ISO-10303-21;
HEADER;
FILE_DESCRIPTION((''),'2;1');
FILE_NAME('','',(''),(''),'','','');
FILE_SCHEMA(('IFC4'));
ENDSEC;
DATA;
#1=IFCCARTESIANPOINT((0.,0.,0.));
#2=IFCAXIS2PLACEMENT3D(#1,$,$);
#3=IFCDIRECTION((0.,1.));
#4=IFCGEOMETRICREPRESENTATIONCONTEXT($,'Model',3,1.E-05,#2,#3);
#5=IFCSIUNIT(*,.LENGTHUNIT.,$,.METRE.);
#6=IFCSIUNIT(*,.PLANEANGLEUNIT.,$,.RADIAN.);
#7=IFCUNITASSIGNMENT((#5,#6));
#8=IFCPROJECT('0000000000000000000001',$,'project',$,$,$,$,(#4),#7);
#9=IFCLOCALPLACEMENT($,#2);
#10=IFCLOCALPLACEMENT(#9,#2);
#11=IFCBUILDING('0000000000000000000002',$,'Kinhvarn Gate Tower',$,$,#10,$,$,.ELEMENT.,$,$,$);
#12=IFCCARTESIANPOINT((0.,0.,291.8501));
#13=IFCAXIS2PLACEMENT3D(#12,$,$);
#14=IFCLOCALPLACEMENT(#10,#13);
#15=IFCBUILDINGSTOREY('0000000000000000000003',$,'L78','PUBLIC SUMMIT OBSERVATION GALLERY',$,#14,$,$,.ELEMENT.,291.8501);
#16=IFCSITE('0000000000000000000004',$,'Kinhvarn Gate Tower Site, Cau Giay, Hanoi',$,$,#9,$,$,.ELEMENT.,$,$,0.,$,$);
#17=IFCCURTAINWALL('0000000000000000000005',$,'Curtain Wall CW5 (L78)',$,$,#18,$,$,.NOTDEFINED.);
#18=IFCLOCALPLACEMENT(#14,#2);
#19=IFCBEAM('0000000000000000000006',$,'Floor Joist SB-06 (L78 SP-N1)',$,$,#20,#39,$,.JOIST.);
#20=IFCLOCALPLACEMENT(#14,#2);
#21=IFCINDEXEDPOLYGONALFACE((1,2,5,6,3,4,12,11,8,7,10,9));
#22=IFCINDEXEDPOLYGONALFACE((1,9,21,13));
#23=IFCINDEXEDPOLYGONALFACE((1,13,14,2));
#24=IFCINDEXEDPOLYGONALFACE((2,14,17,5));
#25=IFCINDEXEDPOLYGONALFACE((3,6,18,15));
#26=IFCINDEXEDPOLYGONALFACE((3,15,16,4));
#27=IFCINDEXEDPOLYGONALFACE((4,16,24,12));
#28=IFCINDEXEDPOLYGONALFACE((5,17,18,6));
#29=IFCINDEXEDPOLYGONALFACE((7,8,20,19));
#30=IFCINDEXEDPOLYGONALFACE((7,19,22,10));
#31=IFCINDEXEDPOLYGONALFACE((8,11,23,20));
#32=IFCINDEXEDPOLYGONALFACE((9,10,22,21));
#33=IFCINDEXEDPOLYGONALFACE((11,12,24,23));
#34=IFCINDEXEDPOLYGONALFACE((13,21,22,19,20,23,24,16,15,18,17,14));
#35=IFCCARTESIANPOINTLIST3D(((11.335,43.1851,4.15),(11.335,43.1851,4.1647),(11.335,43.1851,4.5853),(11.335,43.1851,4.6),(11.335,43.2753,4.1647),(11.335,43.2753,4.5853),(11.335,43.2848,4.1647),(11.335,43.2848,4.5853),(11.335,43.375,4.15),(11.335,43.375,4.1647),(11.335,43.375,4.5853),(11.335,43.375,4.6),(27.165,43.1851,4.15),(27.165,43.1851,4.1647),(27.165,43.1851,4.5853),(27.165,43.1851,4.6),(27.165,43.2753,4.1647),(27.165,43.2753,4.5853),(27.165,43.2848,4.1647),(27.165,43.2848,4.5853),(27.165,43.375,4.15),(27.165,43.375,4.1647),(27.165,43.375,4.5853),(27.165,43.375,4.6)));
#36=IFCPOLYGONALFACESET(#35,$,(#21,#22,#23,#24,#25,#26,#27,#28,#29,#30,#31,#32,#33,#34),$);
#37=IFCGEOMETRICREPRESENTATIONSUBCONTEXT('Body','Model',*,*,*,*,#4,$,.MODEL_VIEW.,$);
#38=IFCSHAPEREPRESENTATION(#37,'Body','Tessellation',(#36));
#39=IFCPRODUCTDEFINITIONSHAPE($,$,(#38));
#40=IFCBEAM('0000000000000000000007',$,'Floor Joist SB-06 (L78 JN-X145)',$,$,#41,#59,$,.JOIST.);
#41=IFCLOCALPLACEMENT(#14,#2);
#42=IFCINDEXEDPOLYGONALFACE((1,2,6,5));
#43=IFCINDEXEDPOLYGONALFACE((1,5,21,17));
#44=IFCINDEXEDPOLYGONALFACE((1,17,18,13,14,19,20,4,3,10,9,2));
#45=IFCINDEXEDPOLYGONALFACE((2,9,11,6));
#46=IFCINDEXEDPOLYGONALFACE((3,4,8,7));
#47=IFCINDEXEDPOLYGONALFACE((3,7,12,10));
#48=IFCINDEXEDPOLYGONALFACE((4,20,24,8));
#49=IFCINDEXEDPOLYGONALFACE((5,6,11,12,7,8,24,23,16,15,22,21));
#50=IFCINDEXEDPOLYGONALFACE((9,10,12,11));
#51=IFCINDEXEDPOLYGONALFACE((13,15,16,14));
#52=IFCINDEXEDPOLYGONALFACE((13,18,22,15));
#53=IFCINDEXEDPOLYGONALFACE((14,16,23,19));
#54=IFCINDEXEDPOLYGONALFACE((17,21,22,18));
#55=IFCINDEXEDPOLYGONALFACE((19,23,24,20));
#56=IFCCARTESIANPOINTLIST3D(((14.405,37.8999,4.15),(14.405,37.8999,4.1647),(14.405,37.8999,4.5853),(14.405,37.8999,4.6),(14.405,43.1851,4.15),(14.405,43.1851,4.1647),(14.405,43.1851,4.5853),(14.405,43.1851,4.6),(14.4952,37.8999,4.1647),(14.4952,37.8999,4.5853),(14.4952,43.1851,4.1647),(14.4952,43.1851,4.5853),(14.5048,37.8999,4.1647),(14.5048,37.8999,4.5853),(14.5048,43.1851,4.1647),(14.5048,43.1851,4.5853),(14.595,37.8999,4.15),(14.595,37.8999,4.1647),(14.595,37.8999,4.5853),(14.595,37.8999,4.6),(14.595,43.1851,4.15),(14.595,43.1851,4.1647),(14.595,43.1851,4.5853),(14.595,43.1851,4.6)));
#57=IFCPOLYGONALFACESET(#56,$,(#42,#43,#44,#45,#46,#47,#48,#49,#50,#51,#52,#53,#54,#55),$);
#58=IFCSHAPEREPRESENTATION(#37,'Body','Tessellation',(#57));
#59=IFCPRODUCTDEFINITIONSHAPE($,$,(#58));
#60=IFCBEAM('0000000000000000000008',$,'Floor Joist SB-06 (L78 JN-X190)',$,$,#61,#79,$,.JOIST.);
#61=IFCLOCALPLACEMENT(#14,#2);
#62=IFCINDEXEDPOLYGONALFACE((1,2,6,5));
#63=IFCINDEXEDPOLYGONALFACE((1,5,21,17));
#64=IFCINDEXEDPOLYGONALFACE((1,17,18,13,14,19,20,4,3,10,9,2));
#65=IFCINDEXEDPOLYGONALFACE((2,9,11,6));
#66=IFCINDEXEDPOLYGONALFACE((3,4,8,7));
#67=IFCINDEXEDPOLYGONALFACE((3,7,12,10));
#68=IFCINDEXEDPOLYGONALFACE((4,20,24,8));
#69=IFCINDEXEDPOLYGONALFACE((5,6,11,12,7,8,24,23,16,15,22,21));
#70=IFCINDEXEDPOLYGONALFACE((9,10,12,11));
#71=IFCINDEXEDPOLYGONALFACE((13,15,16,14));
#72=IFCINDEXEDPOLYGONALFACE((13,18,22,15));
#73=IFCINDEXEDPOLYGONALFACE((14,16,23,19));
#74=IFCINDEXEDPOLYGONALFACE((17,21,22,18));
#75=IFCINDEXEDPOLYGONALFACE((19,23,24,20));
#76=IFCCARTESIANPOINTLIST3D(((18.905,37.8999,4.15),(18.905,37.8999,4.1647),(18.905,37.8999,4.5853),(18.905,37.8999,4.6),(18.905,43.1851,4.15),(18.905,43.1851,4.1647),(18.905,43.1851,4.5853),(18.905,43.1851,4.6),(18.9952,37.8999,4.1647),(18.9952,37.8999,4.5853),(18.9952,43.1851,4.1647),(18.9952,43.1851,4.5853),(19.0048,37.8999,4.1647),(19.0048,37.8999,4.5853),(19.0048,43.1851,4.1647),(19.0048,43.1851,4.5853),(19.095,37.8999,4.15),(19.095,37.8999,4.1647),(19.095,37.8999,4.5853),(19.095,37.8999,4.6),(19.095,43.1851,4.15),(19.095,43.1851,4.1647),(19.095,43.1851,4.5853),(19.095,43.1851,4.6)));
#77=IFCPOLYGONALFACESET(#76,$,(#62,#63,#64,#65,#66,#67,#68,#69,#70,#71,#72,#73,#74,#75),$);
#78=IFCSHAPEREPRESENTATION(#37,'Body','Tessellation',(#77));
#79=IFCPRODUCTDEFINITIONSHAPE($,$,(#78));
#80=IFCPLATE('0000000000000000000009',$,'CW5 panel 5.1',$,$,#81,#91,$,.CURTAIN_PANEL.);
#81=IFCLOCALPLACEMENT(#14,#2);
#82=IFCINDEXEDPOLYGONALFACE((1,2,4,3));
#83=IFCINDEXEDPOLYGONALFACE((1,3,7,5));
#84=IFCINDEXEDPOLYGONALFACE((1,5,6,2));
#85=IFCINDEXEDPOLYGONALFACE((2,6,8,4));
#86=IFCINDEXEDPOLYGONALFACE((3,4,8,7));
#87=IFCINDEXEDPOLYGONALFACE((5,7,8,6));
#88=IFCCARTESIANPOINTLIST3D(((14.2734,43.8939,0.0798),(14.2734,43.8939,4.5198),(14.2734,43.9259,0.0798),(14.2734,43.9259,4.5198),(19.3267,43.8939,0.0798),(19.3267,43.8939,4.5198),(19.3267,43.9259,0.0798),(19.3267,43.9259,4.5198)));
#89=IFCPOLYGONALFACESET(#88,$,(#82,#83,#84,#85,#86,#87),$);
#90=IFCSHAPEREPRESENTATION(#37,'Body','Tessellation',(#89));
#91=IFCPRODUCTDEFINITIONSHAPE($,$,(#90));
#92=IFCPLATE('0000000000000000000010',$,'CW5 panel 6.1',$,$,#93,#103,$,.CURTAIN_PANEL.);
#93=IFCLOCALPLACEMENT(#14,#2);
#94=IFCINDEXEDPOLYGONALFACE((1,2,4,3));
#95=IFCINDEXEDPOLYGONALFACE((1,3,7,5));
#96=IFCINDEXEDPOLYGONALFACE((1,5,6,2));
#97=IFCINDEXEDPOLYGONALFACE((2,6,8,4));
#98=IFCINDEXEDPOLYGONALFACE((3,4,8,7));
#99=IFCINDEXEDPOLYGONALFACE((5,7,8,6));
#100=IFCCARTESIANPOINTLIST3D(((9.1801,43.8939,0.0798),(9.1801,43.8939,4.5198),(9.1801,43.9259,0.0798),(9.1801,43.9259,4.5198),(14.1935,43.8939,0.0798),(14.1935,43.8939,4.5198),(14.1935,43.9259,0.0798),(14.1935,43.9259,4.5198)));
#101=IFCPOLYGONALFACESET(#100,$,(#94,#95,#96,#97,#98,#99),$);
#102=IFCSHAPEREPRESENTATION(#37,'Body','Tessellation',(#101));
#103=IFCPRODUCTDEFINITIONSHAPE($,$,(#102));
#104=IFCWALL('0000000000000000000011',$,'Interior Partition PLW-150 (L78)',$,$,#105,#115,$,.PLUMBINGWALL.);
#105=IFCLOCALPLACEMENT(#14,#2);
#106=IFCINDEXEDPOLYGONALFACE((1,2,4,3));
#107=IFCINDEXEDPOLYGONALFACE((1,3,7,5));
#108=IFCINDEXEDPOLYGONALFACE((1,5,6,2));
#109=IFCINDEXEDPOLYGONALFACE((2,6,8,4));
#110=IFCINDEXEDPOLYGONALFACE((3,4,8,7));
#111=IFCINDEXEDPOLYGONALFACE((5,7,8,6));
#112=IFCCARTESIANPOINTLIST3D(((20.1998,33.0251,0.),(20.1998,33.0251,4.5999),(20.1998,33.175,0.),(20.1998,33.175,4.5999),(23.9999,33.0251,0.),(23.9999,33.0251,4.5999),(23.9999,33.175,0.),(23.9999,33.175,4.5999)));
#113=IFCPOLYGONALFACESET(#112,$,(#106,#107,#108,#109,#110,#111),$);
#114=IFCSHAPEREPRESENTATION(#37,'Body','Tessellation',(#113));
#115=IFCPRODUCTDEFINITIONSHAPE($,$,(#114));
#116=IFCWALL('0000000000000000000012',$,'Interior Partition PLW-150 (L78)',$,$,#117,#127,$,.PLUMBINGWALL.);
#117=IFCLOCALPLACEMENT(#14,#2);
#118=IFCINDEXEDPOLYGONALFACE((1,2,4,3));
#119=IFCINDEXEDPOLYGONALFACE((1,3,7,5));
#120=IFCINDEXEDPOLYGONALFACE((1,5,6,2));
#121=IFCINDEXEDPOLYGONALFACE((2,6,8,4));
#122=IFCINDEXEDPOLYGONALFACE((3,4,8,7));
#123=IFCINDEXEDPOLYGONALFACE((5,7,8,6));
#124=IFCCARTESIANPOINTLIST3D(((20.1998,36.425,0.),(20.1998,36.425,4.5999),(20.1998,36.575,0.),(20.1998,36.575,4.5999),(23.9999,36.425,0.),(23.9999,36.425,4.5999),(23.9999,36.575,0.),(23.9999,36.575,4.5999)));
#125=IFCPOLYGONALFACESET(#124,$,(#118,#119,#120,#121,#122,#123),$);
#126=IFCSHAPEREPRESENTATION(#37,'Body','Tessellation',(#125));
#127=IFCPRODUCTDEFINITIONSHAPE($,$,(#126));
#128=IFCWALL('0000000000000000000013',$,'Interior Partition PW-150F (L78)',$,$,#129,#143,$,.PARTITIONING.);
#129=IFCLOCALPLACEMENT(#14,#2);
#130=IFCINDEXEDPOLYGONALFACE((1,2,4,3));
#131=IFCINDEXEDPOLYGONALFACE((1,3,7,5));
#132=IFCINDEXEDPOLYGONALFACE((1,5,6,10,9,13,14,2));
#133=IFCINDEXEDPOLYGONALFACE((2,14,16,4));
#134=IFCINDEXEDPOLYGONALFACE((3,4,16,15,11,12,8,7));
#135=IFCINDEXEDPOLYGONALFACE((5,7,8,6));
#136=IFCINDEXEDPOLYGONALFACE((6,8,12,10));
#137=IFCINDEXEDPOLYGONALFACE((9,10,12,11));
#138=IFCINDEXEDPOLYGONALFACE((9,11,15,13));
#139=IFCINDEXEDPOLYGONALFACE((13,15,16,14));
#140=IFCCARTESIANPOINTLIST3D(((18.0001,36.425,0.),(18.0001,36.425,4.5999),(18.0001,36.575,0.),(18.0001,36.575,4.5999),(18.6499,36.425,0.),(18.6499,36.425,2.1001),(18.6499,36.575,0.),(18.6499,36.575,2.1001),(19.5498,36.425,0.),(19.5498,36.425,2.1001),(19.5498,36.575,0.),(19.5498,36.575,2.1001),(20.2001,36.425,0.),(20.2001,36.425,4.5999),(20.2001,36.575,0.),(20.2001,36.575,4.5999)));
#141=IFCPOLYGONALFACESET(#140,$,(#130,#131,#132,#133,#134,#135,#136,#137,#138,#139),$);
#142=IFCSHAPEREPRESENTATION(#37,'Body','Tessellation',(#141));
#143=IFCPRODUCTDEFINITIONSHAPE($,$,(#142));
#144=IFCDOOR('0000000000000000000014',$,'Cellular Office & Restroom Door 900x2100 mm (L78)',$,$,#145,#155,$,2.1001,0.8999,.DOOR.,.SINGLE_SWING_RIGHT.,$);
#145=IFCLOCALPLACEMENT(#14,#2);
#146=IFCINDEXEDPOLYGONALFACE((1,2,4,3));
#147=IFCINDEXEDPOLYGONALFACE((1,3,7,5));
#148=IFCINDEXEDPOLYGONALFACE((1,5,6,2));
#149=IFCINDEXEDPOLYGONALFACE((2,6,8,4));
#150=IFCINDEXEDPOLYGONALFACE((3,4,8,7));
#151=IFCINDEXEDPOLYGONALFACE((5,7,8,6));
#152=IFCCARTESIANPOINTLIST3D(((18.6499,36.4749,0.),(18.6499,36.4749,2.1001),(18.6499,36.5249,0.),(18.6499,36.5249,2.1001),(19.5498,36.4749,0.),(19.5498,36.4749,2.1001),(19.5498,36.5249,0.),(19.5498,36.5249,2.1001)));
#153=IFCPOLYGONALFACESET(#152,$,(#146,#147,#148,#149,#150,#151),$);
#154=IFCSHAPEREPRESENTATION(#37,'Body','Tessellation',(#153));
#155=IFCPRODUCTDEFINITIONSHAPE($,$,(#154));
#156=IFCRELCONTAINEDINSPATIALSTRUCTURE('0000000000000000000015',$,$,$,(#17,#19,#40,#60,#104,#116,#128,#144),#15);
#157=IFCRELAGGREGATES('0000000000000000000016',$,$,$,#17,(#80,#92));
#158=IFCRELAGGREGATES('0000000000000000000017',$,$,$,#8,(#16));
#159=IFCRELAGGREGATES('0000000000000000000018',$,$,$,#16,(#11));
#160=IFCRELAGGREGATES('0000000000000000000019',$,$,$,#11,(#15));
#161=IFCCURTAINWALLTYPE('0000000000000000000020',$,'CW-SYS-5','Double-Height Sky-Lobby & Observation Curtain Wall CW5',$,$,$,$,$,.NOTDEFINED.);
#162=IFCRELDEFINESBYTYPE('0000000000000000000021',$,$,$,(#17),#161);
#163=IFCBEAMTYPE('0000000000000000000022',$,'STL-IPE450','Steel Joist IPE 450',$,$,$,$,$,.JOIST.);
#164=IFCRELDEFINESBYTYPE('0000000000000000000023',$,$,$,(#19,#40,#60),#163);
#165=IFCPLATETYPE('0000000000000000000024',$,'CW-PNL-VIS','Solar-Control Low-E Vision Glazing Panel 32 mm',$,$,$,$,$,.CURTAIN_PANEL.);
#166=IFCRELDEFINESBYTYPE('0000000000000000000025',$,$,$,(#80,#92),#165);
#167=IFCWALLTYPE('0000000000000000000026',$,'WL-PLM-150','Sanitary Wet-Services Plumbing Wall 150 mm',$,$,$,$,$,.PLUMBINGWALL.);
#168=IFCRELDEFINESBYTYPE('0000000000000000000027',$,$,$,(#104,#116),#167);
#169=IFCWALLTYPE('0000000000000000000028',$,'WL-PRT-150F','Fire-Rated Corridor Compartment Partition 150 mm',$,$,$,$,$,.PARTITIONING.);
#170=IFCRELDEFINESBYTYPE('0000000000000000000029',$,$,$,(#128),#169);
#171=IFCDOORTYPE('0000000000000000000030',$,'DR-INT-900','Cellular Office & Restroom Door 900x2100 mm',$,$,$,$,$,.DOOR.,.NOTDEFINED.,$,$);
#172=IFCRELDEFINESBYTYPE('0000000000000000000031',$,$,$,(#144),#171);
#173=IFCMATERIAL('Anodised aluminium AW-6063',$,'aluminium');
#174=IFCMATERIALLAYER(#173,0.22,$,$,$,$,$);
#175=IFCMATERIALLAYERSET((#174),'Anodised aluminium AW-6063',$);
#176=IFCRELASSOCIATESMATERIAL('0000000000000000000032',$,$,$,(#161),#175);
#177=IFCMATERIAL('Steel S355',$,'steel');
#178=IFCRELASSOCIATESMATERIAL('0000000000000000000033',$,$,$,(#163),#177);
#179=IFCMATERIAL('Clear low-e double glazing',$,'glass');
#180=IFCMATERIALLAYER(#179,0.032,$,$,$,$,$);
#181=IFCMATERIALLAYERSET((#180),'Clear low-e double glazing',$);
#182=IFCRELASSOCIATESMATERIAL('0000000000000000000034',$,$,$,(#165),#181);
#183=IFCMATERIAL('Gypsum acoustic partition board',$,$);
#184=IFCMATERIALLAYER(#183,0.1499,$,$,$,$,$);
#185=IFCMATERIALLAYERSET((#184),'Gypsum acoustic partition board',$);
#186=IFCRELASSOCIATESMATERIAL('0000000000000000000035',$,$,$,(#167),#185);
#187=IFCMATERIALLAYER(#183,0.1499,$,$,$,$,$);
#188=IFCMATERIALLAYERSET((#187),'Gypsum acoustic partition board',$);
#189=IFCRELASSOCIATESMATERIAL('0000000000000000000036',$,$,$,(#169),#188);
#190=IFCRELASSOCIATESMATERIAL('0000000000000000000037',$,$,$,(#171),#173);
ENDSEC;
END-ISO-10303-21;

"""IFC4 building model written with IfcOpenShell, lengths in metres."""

from ifc_helpers import new_model, si_unit, direction, frame, frame_2d, origin, origin_2d, place, context, subcontext, project, spatial, rectangle, i_section, extrude, material, layer, layer_set, material_profile, profile_set, type_object, element, fill, aggregate, save


model = new_model("IFC4")

# Units and contexts
model_context = context("Model", 3, precision=1e-05, world=origin(), true_north=direction((0.0, 1.0)))
body_context = subcontext(model_context, "Body", "Model", "MODEL_VIEW")
ifc_project = project(units=[si_unit("LENGTHUNIT", "METRE"), si_unit("PLANEANGLEUNIT", "RADIAN")], contexts=[model_context])

# Site, building, storey
site_placement = place(None, origin())
site = spatial("IfcSite", under=ifc_project, at=site_placement, Name="Kinhvarn Gate Tower Site, Cau Giay, Hanoi", CompositionType="ELEMENT", RefElevation=0.0)
building_placement = place(site_placement, origin())
building = spatial("IfcBuilding", under=site, at=building_placement, Name="Kinhvarn Gate Tower", CompositionType="ELEMENT")
storey_placement = place(building_placement, frame((0.0, 0.0, 291.8501)))
storey = spatial("IfcBuildingStorey", under=building, at=storey_placement, Name="L78", Description="PUBLIC SUMMIT OBSERVATION GALLERY", CompositionType="ELEMENT", Elevation=291.8501)

# Curtain wall
ifc_material_1 = material(Name="Anodised aluminium AW-6063", Category="aluminium")
ifc_layer_1 = layer(ifc_material_1, 0.22)
ifc_layer_set_1 = layer_set([ifc_layer_1], Name="Anodised aluminium AW-6063")
curtain_wall_type = type_object("IfcCurtainWallType", Name="CW-SYS-5", Description="Double-Height Sky-Lobby & Observation Curtain Wall CW5", PredefinedType="NOTDEFINED", material=ifc_layer_set_1)
curtain_wall_placement = place(storey_placement, origin())
curtain_wall = element("IfcCurtainWall", 1, at=curtain_wall_placement, inside=storey, type_object=curtain_wall_type, Name="Curtain Wall CW5 (L78)", PredefinedType="NOTDEFINED")

# Beams
ifc_material_2 = material(Name="Steel S355", Category="steel")
ifc_material_profile_1 = material_profile(ifc_material_2, i_section(OverallWidth=0.1899, OverallDepth=0.45, WebThickness=0.0095, FlangeThickness=0.0146, at=origin_2d()), Name="IPE 450")
ifc_profile_set_1 = profile_set([ifc_material_profile_1], Name="Steel S355")
beam_type_1 = type_object("IfcBeamType", Name="STL-IPE450", Description="Steel Joist IPE 450", PredefinedType="JOIST", material=ifc_profile_set_1)
beam_1_placement = place(storey_placement, frame((11.335, 43.28, 4.375), z_axis=(1.0, 0.0, 0.0), x_axis=(0.0, 1.0, 0.0)))
element("IfcBeam", 2, at=beam_1_placement, inside=storey, type_object=beam_type_1, Name="Floor Joist SB-06 (L78 SP-N1)", PredefinedType="JOIST", context=body_context, shape_type="SweptSolid", body=[
    extrude(i_section(OverallWidth=0.1899, OverallDepth=0.45, WebThickness=0.0095, FlangeThickness=0.0146, at=origin_2d()), origin(), (0.0, 0.0, 1.0), 15.8301),
])
for number, where, z_axis, x_axis, name in (
    (3, (14.5, 37.8999, 4.375), (0.0, 1.0, 0.0), (-1.0, 0.0, 0.0), "Floor Joist SB-06 (L78 JN-X145)"),
    (4, (19.0, 37.8999, 4.375), (0.0, 1.0, 0.0), (-1.0, 0.0, 0.0), "Floor Joist SB-06 (L78 JN-X190)"),
):
    element("IfcBeam", number, at=place(storey_placement, frame(where, z_axis=z_axis, x_axis=x_axis)), inside=storey, type_object=beam_type_1, Name=name, PredefinedType="JOIST", context=body_context, shape_type="SweptSolid", body=[
        extrude(i_section(OverallWidth=0.1899, OverallDepth=0.45, WebThickness=0.0095, FlangeThickness=0.0146, at=origin_2d()), origin(), (0.0, 0.0, 1.0), 5.2852),
    ])

# Plates
ifc_material_3 = material(Name="Clear low-e double glazing", Category="glass")
ifc_layer_2 = layer(ifc_material_3, 0.032)
ifc_layer_set_2 = layer_set([ifc_layer_2], Name="Clear low-e double glazing")
plate_type = type_object("IfcPlateType", Name="CW-PNL-VIS", Description="Solar-Control Low-E Vision Glazing Panel 32 mm", PredefinedType="CURTAIN_PANEL", material=ifc_layer_set_2)
plate_1_placement = place(storey_placement, frame((16.8, 43.9099, 0.0798), z_axis=(0.0, 0.0, 1.0), x_axis=(-1.0, 0.0, 0.0)))
plate_1 = element("IfcPlate", 5, at=plate_1_placement, type_object=plate_type, Name="CW5 panel 5.1", PredefinedType="CURTAIN_PANEL", context=body_context, shape_type="SweptSolid", body=[
    extrude(rectangle(XDim=5.0532, YDim=0.032, at=origin_2d()), origin(), (0.0, 0.0, 1.0), 4.4399),
])
plate_2_placement = place(storey_placement, frame((11.6868, 43.9099, 0.0798), z_axis=(0.0, 0.0, 1.0), x_axis=(-1.0, 0.0, 0.0)))
plate_2 = element("IfcPlate", 6, at=plate_2_placement, type_object=plate_type, Name="CW5 panel 6.1", PredefinedType="CURTAIN_PANEL", context=body_context, shape_type="SweptSolid", body=[
    extrude(rectangle(XDim=5.0134, YDim=0.032, at=origin_2d()), origin(), (0.0, 0.0, 1.0), 4.4399),
])
aggregate(curtain_wall, [plate_1, plate_2])

# Walls
ifc_material_4 = material(Name="Gypsum acoustic partition board")
ifc_layer_3 = layer(ifc_material_4, 0.1499)
ifc_layer_set_3 = layer_set([ifc_layer_3], Name="Gypsum acoustic partition board")
wall_type_1 = type_object("IfcWallType", Name="WL-PLM-150", Description="Sanitary Wet-Services Plumbing Wall 150 mm", PredefinedType="PLUMBINGWALL", material=ifc_layer_set_3)
for number, where, z_axis, x_axis, name in (
    (7, (20.2, 33.1001, 0.0), (0.0, 0.0, 1.0), (1.0, 0.0, 0.0), "Interior Partition PLW-150 (L78)"),
    (8, (20.2, 36.5, 0.0), (0.0, 0.0, 1.0), (1.0, 0.0, 0.0), "Interior Partition PLW-150 (L78)"),
):
    element("IfcWall", number, at=place(storey_placement, frame(where, z_axis=z_axis, x_axis=x_axis)), inside=storey, type_object=wall_type_1, Name=name, PredefinedType="PLUMBINGWALL", context=body_context, shape_type="SweptSolid", body=[
        extrude(rectangle(XDim=3.8, YDim=0.1499, at=frame_2d((1.8999, 0.0))), origin(), (0.0, 0.0, 1.0), 4.5999),
    ])

# Wall, opening, door
ifc_layer_4 = layer(ifc_material_4, 0.1499)
ifc_layer_set_4 = layer_set([ifc_layer_4], Name="Gypsum acoustic partition board")
wall_type_2 = type_object("IfcWallType", Name="WL-PRT-150F", Description="Fire-Rated Corridor Compartment Partition 150 mm", PredefinedType="PARTITIONING", material=ifc_layer_set_4)
wall_placement = place(storey_placement, frame((18.0, 36.5, 0.0), z_axis=(0.0, 0.0, 1.0), x_axis=(1.0, 0.0, 0.0)))
wall = element("IfcWall", 9, at=wall_placement, inside=storey, type_object=wall_type_2, Name="Interior Partition PW-150F (L78)", PredefinedType="PARTITIONING", context=body_context, shape_type="SweptSolid", body=[
    extrude(rectangle(XDim=2.2, YDim=0.1499, at=frame_2d((1.1001, 0.0))), origin(), (0.0, 0.0, 1.0), 4.5999),
])
opening_placement = place(wall_placement, frame((0.6499, 0.0, 0.0)))
opening = element("IfcOpeningElement", 10, at=opening_placement, cuts=wall, PredefinedType="OPENING", context=body_context, shape_type="SweptSolid", body=[
    extrude(rectangle(XDim=0.8999, YDim=2.1001, at=frame_2d((0.45, 1.05))), frame((0.0, 0.085, 0.0), z_axis=(0.0, -1.0, 0.0), x_axis=(1.0, 0.0, 0.0)), (0.0, 0.0, 1.0), 0.1699),
])
door_type = type_object("IfcDoorType", Name="DR-INT-900", Description="Cellular Office & Restroom Door 900x2100 mm", OperationType="NOTDEFINED", PredefinedType="DOOR", material=ifc_material_1)
door_placement = place(opening_placement, origin())
door = element("IfcDoor", 11, at=door_placement, inside=storey, type_object=door_type, Name="Cellular Office & Restroom Door 900x2100 mm (L78)", OperationType="SINGLE_SWING_RIGHT", OverallHeight=2.1001, OverallWidth=0.8999, PredefinedType="DOOR", context=body_context, shape_type="SweptSolid", body=[
    extrude(rectangle(XDim=0.8999, YDim=2.1001, at=frame_2d((0.45, 1.05))), frame((0.0, 0.0249, 0.0), z_axis=(0.0, -1.0, 0.0), x_axis=(1.0, 0.0, 0.0)), (0.0, 0.0, 1.0), 0.05),
])
fill(opening, door)

save(model, "model.ifc")
